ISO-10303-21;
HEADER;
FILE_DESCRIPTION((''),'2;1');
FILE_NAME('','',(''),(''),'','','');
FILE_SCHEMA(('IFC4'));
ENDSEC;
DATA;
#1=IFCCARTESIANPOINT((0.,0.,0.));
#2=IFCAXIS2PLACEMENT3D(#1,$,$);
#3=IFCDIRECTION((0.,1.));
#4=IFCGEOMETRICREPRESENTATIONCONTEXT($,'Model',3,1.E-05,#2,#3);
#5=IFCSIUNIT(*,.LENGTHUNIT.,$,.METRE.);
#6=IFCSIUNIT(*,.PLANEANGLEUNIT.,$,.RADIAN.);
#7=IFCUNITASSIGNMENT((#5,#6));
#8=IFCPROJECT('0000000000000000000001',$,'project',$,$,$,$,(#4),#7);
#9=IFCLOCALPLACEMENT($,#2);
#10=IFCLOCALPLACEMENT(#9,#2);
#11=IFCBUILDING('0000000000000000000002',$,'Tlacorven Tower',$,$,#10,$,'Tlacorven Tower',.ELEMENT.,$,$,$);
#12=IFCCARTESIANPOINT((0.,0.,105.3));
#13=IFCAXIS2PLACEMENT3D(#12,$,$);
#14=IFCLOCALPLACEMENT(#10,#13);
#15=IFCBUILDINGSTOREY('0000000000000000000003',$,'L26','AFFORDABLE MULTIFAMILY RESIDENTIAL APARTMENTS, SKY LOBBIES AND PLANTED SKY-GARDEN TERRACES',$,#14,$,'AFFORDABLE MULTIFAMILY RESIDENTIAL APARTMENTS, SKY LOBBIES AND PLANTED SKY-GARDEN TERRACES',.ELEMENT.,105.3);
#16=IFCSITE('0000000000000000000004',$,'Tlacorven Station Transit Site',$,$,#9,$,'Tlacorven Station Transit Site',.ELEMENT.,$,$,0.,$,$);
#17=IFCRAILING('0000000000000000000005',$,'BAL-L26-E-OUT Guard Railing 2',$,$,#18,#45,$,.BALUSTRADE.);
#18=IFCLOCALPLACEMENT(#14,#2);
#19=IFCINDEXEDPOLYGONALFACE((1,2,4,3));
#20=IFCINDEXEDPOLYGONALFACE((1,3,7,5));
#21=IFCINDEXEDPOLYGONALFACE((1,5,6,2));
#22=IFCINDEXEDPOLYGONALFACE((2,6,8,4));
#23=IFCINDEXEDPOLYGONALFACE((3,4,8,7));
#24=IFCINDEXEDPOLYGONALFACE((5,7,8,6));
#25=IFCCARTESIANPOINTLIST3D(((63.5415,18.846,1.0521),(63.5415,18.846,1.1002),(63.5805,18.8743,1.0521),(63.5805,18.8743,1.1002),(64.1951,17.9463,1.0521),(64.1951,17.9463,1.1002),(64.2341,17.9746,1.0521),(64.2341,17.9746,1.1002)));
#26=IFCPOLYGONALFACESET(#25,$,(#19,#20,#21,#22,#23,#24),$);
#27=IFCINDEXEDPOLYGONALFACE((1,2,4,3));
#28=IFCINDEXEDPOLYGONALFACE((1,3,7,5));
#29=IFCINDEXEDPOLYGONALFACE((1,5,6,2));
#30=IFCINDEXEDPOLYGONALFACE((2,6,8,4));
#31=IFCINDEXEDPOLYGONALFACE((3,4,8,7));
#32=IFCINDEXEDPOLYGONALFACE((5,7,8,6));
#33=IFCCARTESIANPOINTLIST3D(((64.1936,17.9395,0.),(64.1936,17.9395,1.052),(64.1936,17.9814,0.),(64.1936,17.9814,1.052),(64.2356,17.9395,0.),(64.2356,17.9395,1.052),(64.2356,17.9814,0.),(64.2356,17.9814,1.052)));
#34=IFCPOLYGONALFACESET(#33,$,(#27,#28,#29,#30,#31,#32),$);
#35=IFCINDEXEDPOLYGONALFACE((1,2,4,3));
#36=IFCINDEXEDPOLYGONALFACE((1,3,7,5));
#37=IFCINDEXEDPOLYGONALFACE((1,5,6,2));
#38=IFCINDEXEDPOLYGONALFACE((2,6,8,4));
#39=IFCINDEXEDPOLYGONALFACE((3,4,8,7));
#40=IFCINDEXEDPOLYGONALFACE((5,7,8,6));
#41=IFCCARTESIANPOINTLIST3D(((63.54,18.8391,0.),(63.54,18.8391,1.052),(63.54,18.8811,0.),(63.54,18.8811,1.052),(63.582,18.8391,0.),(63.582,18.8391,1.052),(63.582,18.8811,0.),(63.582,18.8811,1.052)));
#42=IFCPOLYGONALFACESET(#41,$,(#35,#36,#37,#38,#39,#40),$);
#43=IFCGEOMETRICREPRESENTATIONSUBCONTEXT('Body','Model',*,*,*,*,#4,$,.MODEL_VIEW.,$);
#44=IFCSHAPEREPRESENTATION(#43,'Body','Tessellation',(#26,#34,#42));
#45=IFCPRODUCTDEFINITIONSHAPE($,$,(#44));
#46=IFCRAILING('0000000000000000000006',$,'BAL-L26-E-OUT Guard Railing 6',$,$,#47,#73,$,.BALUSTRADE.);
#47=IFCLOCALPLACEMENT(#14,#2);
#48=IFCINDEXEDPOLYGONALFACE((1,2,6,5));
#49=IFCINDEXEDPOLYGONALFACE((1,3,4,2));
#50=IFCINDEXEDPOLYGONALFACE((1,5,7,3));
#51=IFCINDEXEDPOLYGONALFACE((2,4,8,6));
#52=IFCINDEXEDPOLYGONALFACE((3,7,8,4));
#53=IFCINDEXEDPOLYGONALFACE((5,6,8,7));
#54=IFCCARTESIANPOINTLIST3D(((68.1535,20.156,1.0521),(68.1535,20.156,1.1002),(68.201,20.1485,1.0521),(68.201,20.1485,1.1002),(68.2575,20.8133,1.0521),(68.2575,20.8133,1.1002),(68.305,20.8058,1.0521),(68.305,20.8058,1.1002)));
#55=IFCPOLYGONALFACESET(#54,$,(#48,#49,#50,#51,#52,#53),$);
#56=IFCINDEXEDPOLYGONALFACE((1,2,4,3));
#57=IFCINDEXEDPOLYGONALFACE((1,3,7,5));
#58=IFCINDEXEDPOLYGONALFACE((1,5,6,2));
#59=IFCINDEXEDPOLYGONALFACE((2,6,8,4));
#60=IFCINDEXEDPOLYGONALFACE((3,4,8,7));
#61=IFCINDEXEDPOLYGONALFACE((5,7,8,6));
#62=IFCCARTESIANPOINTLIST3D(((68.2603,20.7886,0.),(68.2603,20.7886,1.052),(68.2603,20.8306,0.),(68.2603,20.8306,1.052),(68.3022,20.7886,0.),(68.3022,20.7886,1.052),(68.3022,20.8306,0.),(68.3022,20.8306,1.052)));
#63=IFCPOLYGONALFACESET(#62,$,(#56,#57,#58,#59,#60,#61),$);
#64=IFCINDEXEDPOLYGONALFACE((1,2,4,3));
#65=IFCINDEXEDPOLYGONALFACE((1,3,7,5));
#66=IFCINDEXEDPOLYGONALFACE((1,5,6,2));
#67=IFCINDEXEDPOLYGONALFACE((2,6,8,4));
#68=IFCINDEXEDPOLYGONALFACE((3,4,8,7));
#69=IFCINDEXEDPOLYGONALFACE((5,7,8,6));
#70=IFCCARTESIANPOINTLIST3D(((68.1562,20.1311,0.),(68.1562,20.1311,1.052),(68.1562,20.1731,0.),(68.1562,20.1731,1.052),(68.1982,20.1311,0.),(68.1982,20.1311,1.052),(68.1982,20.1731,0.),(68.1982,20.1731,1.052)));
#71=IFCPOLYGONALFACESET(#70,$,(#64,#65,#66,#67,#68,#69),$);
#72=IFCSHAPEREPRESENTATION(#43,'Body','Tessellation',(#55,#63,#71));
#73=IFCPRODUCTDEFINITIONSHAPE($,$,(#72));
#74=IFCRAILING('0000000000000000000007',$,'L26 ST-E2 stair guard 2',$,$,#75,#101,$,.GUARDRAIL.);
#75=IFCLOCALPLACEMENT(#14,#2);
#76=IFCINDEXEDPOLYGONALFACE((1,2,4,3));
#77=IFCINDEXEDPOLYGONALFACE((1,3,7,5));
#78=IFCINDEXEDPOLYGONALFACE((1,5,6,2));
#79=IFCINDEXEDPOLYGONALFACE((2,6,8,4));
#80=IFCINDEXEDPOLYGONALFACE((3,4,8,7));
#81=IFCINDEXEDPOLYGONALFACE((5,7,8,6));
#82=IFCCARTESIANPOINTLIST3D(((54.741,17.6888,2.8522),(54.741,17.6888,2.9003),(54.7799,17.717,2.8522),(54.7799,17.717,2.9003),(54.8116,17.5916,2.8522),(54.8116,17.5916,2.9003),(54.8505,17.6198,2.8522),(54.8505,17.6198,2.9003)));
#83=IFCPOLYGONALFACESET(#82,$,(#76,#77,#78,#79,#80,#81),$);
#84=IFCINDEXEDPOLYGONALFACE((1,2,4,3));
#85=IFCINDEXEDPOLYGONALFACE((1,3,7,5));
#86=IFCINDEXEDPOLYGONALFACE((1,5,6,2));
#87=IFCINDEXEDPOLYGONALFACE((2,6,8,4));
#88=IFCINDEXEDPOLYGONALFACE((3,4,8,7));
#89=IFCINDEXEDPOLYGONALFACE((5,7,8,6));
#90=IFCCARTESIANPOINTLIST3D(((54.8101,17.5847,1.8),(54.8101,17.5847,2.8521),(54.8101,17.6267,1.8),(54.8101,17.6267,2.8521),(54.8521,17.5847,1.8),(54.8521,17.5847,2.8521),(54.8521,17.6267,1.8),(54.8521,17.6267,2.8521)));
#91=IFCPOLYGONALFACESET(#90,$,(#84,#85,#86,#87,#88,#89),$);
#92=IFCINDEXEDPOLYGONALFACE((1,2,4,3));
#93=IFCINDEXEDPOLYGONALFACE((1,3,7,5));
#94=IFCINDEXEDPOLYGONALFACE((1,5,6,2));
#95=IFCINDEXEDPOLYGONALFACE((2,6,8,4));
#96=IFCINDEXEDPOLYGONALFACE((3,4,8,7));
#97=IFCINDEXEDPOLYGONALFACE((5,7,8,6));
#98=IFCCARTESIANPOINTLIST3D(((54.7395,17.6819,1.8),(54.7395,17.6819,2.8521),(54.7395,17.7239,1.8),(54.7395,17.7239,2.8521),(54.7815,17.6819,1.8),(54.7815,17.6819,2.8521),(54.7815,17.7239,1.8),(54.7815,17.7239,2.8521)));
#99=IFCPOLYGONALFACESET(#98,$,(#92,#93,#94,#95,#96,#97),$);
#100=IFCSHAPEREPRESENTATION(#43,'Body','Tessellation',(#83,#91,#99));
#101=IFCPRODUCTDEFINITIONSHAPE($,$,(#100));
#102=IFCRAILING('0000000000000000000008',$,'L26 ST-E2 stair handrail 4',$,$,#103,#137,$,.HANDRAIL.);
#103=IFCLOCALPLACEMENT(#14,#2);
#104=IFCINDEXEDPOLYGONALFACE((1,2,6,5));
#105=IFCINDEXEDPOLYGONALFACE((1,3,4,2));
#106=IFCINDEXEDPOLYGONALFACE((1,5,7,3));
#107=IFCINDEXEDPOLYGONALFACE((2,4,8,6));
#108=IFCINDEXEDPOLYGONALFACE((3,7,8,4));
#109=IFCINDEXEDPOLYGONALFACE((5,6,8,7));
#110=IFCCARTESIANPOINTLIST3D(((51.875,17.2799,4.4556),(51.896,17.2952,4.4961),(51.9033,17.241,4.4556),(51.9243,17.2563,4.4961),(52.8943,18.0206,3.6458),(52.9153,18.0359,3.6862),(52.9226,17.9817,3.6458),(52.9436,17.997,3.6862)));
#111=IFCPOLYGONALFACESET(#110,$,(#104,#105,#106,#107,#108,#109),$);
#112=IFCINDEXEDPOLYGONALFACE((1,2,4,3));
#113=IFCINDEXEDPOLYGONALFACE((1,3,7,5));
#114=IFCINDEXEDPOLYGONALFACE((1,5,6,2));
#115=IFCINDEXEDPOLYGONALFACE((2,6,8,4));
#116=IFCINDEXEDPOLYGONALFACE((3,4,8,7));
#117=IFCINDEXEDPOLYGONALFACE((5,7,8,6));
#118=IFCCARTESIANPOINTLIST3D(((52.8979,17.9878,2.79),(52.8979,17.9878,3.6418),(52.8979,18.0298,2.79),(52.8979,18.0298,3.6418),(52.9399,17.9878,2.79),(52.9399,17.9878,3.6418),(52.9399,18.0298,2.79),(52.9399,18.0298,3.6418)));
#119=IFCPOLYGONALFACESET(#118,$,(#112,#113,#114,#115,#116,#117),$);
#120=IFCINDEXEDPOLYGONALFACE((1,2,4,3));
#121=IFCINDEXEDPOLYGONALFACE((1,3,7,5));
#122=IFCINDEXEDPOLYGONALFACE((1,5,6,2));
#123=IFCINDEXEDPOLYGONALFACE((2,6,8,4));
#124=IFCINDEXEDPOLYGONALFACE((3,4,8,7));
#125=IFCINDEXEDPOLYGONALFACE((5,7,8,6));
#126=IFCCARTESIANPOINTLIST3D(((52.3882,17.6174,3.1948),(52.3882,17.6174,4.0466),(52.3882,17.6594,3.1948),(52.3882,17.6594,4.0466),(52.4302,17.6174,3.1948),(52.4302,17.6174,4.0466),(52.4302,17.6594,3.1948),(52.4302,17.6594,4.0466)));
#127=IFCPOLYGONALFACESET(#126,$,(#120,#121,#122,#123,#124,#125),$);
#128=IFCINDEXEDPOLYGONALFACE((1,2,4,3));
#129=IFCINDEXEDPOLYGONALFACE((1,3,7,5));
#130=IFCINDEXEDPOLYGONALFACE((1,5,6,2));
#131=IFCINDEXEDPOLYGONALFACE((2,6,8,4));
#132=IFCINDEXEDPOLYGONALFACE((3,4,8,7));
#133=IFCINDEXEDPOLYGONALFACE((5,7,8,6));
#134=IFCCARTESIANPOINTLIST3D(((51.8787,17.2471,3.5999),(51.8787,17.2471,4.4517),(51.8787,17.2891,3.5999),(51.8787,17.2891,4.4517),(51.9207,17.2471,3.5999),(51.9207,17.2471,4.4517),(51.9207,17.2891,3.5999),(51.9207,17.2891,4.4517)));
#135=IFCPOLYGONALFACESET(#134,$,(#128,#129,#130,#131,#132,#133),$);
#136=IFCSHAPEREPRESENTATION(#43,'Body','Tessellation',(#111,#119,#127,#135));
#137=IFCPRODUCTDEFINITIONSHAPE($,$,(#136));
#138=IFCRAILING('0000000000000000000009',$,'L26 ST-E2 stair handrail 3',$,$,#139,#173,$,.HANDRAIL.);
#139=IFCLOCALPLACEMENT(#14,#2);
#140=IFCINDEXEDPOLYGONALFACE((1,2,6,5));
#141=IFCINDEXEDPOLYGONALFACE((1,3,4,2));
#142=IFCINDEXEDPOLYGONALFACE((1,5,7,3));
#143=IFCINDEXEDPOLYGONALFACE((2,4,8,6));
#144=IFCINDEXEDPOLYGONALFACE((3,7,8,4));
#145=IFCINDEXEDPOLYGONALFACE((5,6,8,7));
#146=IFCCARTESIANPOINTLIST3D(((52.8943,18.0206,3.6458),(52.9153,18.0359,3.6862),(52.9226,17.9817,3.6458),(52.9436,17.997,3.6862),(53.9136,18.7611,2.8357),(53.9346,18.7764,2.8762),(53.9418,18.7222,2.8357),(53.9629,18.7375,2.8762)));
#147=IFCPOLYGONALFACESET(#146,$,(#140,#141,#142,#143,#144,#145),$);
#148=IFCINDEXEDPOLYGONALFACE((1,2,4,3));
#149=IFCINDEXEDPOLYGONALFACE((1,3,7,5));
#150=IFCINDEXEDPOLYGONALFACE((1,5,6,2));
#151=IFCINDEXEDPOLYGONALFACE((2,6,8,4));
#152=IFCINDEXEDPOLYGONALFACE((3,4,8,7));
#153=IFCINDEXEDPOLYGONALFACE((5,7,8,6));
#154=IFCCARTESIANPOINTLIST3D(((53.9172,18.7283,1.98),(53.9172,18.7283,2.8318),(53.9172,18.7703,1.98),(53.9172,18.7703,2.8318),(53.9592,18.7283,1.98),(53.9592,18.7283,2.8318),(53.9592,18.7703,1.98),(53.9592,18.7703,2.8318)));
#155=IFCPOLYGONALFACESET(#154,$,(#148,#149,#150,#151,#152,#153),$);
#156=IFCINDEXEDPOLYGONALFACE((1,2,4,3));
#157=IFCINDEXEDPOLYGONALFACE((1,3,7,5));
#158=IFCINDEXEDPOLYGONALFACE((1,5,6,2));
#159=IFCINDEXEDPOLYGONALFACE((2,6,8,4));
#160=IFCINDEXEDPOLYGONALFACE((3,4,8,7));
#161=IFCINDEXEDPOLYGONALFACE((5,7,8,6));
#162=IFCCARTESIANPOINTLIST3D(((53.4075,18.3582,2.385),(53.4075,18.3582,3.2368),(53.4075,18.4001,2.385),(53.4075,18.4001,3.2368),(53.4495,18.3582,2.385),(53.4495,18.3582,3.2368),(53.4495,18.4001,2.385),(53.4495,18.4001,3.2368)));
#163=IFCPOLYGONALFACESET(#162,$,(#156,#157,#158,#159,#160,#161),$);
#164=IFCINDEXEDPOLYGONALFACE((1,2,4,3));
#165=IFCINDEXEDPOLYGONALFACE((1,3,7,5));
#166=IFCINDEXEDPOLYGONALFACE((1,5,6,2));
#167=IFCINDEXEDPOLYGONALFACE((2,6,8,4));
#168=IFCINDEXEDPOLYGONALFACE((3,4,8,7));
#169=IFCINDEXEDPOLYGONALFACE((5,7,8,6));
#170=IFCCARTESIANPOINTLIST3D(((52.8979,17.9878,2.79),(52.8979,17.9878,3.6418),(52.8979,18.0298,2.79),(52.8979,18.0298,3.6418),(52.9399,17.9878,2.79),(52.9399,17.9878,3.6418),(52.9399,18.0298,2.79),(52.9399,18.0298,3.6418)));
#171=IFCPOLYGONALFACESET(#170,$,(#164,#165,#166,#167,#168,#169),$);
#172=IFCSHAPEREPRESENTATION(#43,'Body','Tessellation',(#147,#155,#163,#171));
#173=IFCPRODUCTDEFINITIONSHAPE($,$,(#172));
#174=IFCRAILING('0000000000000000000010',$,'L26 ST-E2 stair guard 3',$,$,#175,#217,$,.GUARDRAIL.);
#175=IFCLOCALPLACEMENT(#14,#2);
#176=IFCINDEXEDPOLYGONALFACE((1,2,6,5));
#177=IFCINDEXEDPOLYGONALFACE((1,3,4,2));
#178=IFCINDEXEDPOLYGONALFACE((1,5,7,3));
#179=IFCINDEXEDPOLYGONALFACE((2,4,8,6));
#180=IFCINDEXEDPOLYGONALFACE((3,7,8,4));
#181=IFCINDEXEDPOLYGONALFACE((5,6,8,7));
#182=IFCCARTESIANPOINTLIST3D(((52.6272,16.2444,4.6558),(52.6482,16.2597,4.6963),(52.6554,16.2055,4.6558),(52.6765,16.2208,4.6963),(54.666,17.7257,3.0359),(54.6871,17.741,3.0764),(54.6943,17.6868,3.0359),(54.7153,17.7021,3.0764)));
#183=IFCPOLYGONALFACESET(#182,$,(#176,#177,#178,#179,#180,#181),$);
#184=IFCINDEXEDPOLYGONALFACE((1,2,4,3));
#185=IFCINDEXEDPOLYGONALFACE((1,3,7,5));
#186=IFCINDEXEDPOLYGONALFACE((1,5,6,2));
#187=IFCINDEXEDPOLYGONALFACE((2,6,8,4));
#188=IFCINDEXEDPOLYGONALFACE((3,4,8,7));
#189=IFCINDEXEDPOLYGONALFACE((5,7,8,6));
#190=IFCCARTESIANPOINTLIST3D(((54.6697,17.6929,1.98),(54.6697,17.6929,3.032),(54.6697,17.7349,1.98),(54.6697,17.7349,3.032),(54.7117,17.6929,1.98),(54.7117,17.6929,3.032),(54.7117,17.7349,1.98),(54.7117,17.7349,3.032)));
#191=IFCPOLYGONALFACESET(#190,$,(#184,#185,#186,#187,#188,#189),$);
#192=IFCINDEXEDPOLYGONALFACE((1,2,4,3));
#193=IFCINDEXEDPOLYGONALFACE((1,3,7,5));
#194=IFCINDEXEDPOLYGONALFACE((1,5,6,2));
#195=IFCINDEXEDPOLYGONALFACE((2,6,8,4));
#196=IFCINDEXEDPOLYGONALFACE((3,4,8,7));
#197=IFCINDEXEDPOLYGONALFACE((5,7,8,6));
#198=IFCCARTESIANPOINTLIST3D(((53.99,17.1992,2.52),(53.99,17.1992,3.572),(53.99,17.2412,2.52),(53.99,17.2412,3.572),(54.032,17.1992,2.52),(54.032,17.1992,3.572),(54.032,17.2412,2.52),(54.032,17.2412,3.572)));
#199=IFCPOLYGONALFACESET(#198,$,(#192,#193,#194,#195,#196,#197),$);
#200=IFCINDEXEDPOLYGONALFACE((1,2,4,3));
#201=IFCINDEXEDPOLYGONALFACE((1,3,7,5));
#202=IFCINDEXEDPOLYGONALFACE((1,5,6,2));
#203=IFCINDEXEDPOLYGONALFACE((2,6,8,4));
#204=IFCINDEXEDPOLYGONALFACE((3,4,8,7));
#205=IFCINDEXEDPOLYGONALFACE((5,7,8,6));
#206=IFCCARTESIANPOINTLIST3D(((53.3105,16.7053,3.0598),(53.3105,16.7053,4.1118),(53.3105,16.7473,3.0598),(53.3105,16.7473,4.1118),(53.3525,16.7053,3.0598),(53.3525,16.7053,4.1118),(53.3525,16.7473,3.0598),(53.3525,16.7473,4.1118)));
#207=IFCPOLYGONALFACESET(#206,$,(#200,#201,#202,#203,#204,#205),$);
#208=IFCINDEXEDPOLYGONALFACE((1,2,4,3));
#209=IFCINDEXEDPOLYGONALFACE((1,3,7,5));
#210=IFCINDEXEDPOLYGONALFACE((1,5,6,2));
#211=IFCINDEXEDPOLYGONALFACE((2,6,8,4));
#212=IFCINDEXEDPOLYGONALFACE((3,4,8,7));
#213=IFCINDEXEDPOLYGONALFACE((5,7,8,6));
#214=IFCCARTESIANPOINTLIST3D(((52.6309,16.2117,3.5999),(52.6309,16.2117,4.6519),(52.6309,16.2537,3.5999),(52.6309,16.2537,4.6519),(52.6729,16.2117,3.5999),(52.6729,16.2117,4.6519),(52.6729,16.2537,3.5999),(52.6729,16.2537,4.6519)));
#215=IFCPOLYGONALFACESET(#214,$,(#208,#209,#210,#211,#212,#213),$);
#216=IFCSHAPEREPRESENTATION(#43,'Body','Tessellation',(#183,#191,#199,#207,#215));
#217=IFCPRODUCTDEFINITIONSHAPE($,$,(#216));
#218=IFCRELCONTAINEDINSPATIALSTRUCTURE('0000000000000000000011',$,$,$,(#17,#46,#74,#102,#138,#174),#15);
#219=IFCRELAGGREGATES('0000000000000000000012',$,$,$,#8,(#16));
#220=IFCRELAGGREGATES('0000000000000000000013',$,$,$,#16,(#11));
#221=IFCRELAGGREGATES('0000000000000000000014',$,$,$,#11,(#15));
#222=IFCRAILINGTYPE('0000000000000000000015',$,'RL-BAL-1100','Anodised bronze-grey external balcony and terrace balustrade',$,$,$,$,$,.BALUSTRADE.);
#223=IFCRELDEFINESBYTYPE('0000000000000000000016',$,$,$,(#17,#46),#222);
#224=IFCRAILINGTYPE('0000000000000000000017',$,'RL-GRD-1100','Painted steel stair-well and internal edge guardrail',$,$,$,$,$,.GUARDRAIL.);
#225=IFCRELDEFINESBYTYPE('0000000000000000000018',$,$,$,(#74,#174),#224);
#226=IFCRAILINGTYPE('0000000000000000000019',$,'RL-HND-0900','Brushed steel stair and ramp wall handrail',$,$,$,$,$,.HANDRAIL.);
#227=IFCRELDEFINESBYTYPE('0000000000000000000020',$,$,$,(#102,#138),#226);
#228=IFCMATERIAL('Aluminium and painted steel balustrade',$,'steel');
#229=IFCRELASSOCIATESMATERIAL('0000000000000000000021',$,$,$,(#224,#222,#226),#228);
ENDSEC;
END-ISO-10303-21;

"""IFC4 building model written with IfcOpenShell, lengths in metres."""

from ifc_helpers import new_model, si_unit, direction, frame, origin, origin_2d, place, context, subcontext, project, spatial, rectangle, extrude, source, transform, mapped, material, type_object, element, save


model = new_model("IFC4")

# Units and contexts
model_context = context("Model", 3, precision=1e-05, world=origin(), true_north=direction((0.0, 1.0)))
body_context = subcontext(model_context, "Body", "Model", "MODEL_VIEW")
ifc_project = project(units=[si_unit("LENGTHUNIT", "METRE"), si_unit("PLANEANGLEUNIT", "RADIAN")], contexts=[model_context])

# Site, building, storey
site_placement = place(None, origin())
site = spatial("IfcSite", under=ifc_project, at=site_placement, Name="Tlacorven Station Transit Site", LongName="Tlacorven Station Transit Site", CompositionType="ELEMENT", RefElevation=0.0)
building_placement = place(site_placement, origin())
building = spatial("IfcBuilding", under=site, at=building_placement, Name="Tlacorven Tower", LongName="Tlacorven Tower", CompositionType="ELEMENT")
storey_placement = place(building_placement, frame((0.0, 0.0, 105.3)))
storey = spatial("IfcBuildingStorey", under=building, at=storey_placement, Name="L26", Description="AFFORDABLE MULTIFAMILY RESIDENTIAL APARTMENTS, SKY LOBBIES AND PLANTED SKY-GARDEN TERRACES", LongName="AFFORDABLE MULTIFAMILY RESIDENTIAL APARTMENTS, SKY LOBBIES AND PLANTED SKY-GARDEN TERRACES", CompositionType="ELEMENT", Elevation=105.3)

# Railings
ifc_material_1 = material(Name="Aluminium and painted steel balustrade", Category="steel")
railing_type_1 = type_object("IfcRailingType", Name="RL-GRD-1100", Description="Painted steel stair-well and internal edge guardrail", PredefinedType="GUARDRAIL", material=ifc_material_1)
railing_type_2 = type_object("IfcRailingType", Name="RL-BAL-1100", Description="Anodised bronze-grey external balcony and terrace balustrade", PredefinedType="BALUSTRADE", material=ifc_material_1)
shared_shape_1 = source(origin(), body_context, "Body", "SweptSolid", [
    extrude(rectangle(XDim=0.0481, YDim=0.0481, at=origin_2d()), frame((0.0, 0.0, 1.0762), z_axis=(-0.587741, 0.809049, 0.0), x_axis=(-0.809049, -0.587741, 0.0)), (0.0, 0.0, 1.0), 1.1121),
    extrude(rectangle(XDim=0.042, YDim=0.042, at=origin_2d()), origin(), (0.0, 0.0, 1.0), 1.052),
    extrude(rectangle(XDim=0.042, YDim=0.042, at=origin_2d()), frame((-0.6536, 0.8997, 0.0)), (0.0, 0.0, 1.0), 1.052),
])
railing_1_placement = place(storey_placement, frame((64.2146, 17.9604, 0.0)))
element("IfcRailing", 1, at=railing_1_placement, inside=storey, type_object=railing_type_2, Name="BAL-L26-E-OUT Guard Railing 2", PredefinedType="BALUSTRADE", context=body_context, shape_type="MappedRepresentation", body=[
    mapped(shared_shape_1, transform((0.0, 0.0, 0.0), scale=1.0)),
])
shared_shape_2 = source(origin(), body_context, "Body", "SweptSolid", [
    extrude(rectangle(XDim=0.0481, YDim=0.0481, at=origin_2d()), frame((0.0, 0.0, 1.0762), z_axis=(-0.156245, -0.987718, 0.0), x_axis=(0.987718, -0.156245, 0.0)), (0.0, 0.0, 1.0), 0.6655),
    extrude(rectangle(XDim=0.042, YDim=0.042, at=origin_2d()), origin(), (0.0, 0.0, 1.0), 1.052),
    extrude(rectangle(XDim=0.042, YDim=0.042, at=origin_2d()), frame((-0.104, -0.6575, 0.0)), (0.0, 0.0, 1.0), 1.052),
])
railing_2_placement = place(storey_placement, frame((68.2812, 20.8096, 0.0)))
element("IfcRailing", 2, at=railing_2_placement, inside=storey, type_object=railing_type_2, Name="BAL-L26-E-OUT Guard Railing 6", PredefinedType="BALUSTRADE", context=body_context, shape_type="MappedRepresentation", body=[
    mapped(shared_shape_2, transform((0.0, 0.0, 0.0), scale=1.0)),
])
shared_shape_3 = source(origin(), body_context, "Body", "SweptSolid", [
    extrude(rectangle(XDim=0.0481, YDim=0.0481, at=origin_2d()), frame((0.0, 0.0, 1.0762), z_axis=(-0.587567, 0.809175, 0.0), x_axis=(-0.809175, -0.587567, 0.0)), (0.0, 0.0, 1.0), 0.1201),
    extrude(rectangle(XDim=0.042, YDim=0.042, at=origin_2d()), origin(), (0.0, 0.0, 1.0), 1.052),
    extrude(rectangle(XDim=0.042, YDim=0.042, at=origin_2d()), frame((-0.0706, 0.0972, 0.0)), (0.0, 0.0, 1.0), 1.052),
])
railing_3_placement = place(storey_placement, frame((54.8311, 17.6057, 1.8)))
element("IfcRailing", 3, at=railing_3_placement, inside=storey, type_object=railing_type_1, Name="L26 ST-E2 stair guard 2", PredefinedType="GUARDRAIL", context=body_context, shape_type="MappedRepresentation", body=[
    mapped(shared_shape_3, transform((0.0, 0.0, 0.0), scale=1.0)),
])
railing_type_3 = type_object("IfcRailingType", Name="RL-HND-0900", Description="Brushed steel stair and ramp wall handrail", PredefinedType="HANDRAIL", material=ifc_material_1)
shared_shape_4 = source(origin(), body_context, "Body", "SweptSolid", [
    extrude(rectangle(XDim=0.0481, YDim=0.0481, at=origin_2d()), frame((0.0, 0.0, 0.876), z_axis=(-0.680521, -0.494539, 0.540668), x_axis=(0.587872, -0.808954, 0.0)), (0.0, 0.0, 1.0), 1.4978),
    extrude(rectangle(XDim=0.042, YDim=0.042, at=origin_2d()), origin(), (0.0, 0.0, 1.0), 0.8518),
    extrude(rectangle(XDim=0.042, YDim=0.042, at=origin_2d()), frame((-0.5098, -0.3704, 0.4048)), (0.0, 0.0, 1.0), 0.8518),
    extrude(rectangle(XDim=0.042, YDim=0.042, at=origin_2d()), frame((-1.0193, -0.7407, 0.8098)), (0.0, 0.0, 1.0), 0.8518),
])
railing_4_placement = place(storey_placement, frame((52.9189, 18.0088, 2.79)))
element("IfcRailing", 4, at=railing_4_placement, inside=storey, type_object=railing_type_3, Name="L26 ST-E2 stair handrail 4", PredefinedType="HANDRAIL", context=body_context, shape_type="MappedRepresentation", body=[
    mapped(shared_shape_4, transform((0.0, 0.0, 0.0), scale=1.0)),
])
shared_shape_5 = source(origin(), body_context, "Body", "SweptSolid", [
    extrude(rectangle(XDim=0.0481, YDim=0.0481, at=origin_2d()), frame((0.0, 0.0, 0.876), z_axis=(-0.680516, -0.494373, 0.540827), x_axis=(0.587745, -0.809046, 0.0)), (0.0, 0.0, 1.0), 1.4978),
    extrude(rectangle(XDim=0.042, YDim=0.042, at=origin_2d()), origin(), (0.0, 0.0, 1.0), 0.8518),
    extrude(rectangle(XDim=0.042, YDim=0.042, at=origin_2d()), frame((-0.5098, -0.3701, 0.405)), (0.0, 0.0, 1.0), 0.8518),
    extrude(rectangle(XDim=0.042, YDim=0.042, at=origin_2d()), frame((-1.0193, -0.7405, 0.8101)), (0.0, 0.0, 1.0), 0.8518),
])
railing_5_placement = place(storey_placement, frame((53.9382, 18.7493, 1.98)))
element("IfcRailing", 5, at=railing_5_placement, inside=storey, type_object=railing_type_3, Name="L26 ST-E2 stair handrail 3", PredefinedType="HANDRAIL", context=body_context, shape_type="MappedRepresentation", body=[
    mapped(shared_shape_5, transform((0.0, 0.0, 0.0), scale=1.0)),
])
shared_shape_6 = source(origin(), body_context, "Body", "SweptSolid", [
    extrude(rectangle(XDim=0.0481, YDim=0.0481, at=origin_2d()), frame((0.0, 0.0, 1.0762), z_axis=(-0.680562, -0.494428, 0.540717), x_axis=(0.587763, -0.809033, 0.0)), (0.0, 0.0, 1.0), 2.9958),
    extrude(rectangle(XDim=0.042, YDim=0.042, at=origin_2d()), origin(), (0.0, 0.0, 1.0), 1.052),
    extrude(rectangle(XDim=0.042, YDim=0.042, at=origin_2d()), frame((-0.6797, -0.4937, 0.54)), (0.0, 0.0, 1.0), 1.052),
    extrude(rectangle(XDim=0.042, YDim=0.042, at=origin_2d()), frame((-1.3591, -0.9875, 1.0798)), (0.0, 0.0, 1.0), 1.052),
    extrude(rectangle(XDim=0.042, YDim=0.042, at=origin_2d()), frame((-2.0388, -1.4812, 1.6199)), (0.0, 0.0, 1.0), 1.052),
])
railing_6_placement = place(storey_placement, frame((54.6907, 17.7139, 1.98)))
element("IfcRailing", 6, at=railing_6_placement, inside=storey, type_object=railing_type_1, Name="L26 ST-E2 stair guard 3", PredefinedType="GUARDRAIL", context=body_context, shape_type="MappedRepresentation", body=[
    mapped(shared_shape_6, transform((0.0, 0.0, 0.0), scale=1.0)),
])

save(model, "model.ifc")
